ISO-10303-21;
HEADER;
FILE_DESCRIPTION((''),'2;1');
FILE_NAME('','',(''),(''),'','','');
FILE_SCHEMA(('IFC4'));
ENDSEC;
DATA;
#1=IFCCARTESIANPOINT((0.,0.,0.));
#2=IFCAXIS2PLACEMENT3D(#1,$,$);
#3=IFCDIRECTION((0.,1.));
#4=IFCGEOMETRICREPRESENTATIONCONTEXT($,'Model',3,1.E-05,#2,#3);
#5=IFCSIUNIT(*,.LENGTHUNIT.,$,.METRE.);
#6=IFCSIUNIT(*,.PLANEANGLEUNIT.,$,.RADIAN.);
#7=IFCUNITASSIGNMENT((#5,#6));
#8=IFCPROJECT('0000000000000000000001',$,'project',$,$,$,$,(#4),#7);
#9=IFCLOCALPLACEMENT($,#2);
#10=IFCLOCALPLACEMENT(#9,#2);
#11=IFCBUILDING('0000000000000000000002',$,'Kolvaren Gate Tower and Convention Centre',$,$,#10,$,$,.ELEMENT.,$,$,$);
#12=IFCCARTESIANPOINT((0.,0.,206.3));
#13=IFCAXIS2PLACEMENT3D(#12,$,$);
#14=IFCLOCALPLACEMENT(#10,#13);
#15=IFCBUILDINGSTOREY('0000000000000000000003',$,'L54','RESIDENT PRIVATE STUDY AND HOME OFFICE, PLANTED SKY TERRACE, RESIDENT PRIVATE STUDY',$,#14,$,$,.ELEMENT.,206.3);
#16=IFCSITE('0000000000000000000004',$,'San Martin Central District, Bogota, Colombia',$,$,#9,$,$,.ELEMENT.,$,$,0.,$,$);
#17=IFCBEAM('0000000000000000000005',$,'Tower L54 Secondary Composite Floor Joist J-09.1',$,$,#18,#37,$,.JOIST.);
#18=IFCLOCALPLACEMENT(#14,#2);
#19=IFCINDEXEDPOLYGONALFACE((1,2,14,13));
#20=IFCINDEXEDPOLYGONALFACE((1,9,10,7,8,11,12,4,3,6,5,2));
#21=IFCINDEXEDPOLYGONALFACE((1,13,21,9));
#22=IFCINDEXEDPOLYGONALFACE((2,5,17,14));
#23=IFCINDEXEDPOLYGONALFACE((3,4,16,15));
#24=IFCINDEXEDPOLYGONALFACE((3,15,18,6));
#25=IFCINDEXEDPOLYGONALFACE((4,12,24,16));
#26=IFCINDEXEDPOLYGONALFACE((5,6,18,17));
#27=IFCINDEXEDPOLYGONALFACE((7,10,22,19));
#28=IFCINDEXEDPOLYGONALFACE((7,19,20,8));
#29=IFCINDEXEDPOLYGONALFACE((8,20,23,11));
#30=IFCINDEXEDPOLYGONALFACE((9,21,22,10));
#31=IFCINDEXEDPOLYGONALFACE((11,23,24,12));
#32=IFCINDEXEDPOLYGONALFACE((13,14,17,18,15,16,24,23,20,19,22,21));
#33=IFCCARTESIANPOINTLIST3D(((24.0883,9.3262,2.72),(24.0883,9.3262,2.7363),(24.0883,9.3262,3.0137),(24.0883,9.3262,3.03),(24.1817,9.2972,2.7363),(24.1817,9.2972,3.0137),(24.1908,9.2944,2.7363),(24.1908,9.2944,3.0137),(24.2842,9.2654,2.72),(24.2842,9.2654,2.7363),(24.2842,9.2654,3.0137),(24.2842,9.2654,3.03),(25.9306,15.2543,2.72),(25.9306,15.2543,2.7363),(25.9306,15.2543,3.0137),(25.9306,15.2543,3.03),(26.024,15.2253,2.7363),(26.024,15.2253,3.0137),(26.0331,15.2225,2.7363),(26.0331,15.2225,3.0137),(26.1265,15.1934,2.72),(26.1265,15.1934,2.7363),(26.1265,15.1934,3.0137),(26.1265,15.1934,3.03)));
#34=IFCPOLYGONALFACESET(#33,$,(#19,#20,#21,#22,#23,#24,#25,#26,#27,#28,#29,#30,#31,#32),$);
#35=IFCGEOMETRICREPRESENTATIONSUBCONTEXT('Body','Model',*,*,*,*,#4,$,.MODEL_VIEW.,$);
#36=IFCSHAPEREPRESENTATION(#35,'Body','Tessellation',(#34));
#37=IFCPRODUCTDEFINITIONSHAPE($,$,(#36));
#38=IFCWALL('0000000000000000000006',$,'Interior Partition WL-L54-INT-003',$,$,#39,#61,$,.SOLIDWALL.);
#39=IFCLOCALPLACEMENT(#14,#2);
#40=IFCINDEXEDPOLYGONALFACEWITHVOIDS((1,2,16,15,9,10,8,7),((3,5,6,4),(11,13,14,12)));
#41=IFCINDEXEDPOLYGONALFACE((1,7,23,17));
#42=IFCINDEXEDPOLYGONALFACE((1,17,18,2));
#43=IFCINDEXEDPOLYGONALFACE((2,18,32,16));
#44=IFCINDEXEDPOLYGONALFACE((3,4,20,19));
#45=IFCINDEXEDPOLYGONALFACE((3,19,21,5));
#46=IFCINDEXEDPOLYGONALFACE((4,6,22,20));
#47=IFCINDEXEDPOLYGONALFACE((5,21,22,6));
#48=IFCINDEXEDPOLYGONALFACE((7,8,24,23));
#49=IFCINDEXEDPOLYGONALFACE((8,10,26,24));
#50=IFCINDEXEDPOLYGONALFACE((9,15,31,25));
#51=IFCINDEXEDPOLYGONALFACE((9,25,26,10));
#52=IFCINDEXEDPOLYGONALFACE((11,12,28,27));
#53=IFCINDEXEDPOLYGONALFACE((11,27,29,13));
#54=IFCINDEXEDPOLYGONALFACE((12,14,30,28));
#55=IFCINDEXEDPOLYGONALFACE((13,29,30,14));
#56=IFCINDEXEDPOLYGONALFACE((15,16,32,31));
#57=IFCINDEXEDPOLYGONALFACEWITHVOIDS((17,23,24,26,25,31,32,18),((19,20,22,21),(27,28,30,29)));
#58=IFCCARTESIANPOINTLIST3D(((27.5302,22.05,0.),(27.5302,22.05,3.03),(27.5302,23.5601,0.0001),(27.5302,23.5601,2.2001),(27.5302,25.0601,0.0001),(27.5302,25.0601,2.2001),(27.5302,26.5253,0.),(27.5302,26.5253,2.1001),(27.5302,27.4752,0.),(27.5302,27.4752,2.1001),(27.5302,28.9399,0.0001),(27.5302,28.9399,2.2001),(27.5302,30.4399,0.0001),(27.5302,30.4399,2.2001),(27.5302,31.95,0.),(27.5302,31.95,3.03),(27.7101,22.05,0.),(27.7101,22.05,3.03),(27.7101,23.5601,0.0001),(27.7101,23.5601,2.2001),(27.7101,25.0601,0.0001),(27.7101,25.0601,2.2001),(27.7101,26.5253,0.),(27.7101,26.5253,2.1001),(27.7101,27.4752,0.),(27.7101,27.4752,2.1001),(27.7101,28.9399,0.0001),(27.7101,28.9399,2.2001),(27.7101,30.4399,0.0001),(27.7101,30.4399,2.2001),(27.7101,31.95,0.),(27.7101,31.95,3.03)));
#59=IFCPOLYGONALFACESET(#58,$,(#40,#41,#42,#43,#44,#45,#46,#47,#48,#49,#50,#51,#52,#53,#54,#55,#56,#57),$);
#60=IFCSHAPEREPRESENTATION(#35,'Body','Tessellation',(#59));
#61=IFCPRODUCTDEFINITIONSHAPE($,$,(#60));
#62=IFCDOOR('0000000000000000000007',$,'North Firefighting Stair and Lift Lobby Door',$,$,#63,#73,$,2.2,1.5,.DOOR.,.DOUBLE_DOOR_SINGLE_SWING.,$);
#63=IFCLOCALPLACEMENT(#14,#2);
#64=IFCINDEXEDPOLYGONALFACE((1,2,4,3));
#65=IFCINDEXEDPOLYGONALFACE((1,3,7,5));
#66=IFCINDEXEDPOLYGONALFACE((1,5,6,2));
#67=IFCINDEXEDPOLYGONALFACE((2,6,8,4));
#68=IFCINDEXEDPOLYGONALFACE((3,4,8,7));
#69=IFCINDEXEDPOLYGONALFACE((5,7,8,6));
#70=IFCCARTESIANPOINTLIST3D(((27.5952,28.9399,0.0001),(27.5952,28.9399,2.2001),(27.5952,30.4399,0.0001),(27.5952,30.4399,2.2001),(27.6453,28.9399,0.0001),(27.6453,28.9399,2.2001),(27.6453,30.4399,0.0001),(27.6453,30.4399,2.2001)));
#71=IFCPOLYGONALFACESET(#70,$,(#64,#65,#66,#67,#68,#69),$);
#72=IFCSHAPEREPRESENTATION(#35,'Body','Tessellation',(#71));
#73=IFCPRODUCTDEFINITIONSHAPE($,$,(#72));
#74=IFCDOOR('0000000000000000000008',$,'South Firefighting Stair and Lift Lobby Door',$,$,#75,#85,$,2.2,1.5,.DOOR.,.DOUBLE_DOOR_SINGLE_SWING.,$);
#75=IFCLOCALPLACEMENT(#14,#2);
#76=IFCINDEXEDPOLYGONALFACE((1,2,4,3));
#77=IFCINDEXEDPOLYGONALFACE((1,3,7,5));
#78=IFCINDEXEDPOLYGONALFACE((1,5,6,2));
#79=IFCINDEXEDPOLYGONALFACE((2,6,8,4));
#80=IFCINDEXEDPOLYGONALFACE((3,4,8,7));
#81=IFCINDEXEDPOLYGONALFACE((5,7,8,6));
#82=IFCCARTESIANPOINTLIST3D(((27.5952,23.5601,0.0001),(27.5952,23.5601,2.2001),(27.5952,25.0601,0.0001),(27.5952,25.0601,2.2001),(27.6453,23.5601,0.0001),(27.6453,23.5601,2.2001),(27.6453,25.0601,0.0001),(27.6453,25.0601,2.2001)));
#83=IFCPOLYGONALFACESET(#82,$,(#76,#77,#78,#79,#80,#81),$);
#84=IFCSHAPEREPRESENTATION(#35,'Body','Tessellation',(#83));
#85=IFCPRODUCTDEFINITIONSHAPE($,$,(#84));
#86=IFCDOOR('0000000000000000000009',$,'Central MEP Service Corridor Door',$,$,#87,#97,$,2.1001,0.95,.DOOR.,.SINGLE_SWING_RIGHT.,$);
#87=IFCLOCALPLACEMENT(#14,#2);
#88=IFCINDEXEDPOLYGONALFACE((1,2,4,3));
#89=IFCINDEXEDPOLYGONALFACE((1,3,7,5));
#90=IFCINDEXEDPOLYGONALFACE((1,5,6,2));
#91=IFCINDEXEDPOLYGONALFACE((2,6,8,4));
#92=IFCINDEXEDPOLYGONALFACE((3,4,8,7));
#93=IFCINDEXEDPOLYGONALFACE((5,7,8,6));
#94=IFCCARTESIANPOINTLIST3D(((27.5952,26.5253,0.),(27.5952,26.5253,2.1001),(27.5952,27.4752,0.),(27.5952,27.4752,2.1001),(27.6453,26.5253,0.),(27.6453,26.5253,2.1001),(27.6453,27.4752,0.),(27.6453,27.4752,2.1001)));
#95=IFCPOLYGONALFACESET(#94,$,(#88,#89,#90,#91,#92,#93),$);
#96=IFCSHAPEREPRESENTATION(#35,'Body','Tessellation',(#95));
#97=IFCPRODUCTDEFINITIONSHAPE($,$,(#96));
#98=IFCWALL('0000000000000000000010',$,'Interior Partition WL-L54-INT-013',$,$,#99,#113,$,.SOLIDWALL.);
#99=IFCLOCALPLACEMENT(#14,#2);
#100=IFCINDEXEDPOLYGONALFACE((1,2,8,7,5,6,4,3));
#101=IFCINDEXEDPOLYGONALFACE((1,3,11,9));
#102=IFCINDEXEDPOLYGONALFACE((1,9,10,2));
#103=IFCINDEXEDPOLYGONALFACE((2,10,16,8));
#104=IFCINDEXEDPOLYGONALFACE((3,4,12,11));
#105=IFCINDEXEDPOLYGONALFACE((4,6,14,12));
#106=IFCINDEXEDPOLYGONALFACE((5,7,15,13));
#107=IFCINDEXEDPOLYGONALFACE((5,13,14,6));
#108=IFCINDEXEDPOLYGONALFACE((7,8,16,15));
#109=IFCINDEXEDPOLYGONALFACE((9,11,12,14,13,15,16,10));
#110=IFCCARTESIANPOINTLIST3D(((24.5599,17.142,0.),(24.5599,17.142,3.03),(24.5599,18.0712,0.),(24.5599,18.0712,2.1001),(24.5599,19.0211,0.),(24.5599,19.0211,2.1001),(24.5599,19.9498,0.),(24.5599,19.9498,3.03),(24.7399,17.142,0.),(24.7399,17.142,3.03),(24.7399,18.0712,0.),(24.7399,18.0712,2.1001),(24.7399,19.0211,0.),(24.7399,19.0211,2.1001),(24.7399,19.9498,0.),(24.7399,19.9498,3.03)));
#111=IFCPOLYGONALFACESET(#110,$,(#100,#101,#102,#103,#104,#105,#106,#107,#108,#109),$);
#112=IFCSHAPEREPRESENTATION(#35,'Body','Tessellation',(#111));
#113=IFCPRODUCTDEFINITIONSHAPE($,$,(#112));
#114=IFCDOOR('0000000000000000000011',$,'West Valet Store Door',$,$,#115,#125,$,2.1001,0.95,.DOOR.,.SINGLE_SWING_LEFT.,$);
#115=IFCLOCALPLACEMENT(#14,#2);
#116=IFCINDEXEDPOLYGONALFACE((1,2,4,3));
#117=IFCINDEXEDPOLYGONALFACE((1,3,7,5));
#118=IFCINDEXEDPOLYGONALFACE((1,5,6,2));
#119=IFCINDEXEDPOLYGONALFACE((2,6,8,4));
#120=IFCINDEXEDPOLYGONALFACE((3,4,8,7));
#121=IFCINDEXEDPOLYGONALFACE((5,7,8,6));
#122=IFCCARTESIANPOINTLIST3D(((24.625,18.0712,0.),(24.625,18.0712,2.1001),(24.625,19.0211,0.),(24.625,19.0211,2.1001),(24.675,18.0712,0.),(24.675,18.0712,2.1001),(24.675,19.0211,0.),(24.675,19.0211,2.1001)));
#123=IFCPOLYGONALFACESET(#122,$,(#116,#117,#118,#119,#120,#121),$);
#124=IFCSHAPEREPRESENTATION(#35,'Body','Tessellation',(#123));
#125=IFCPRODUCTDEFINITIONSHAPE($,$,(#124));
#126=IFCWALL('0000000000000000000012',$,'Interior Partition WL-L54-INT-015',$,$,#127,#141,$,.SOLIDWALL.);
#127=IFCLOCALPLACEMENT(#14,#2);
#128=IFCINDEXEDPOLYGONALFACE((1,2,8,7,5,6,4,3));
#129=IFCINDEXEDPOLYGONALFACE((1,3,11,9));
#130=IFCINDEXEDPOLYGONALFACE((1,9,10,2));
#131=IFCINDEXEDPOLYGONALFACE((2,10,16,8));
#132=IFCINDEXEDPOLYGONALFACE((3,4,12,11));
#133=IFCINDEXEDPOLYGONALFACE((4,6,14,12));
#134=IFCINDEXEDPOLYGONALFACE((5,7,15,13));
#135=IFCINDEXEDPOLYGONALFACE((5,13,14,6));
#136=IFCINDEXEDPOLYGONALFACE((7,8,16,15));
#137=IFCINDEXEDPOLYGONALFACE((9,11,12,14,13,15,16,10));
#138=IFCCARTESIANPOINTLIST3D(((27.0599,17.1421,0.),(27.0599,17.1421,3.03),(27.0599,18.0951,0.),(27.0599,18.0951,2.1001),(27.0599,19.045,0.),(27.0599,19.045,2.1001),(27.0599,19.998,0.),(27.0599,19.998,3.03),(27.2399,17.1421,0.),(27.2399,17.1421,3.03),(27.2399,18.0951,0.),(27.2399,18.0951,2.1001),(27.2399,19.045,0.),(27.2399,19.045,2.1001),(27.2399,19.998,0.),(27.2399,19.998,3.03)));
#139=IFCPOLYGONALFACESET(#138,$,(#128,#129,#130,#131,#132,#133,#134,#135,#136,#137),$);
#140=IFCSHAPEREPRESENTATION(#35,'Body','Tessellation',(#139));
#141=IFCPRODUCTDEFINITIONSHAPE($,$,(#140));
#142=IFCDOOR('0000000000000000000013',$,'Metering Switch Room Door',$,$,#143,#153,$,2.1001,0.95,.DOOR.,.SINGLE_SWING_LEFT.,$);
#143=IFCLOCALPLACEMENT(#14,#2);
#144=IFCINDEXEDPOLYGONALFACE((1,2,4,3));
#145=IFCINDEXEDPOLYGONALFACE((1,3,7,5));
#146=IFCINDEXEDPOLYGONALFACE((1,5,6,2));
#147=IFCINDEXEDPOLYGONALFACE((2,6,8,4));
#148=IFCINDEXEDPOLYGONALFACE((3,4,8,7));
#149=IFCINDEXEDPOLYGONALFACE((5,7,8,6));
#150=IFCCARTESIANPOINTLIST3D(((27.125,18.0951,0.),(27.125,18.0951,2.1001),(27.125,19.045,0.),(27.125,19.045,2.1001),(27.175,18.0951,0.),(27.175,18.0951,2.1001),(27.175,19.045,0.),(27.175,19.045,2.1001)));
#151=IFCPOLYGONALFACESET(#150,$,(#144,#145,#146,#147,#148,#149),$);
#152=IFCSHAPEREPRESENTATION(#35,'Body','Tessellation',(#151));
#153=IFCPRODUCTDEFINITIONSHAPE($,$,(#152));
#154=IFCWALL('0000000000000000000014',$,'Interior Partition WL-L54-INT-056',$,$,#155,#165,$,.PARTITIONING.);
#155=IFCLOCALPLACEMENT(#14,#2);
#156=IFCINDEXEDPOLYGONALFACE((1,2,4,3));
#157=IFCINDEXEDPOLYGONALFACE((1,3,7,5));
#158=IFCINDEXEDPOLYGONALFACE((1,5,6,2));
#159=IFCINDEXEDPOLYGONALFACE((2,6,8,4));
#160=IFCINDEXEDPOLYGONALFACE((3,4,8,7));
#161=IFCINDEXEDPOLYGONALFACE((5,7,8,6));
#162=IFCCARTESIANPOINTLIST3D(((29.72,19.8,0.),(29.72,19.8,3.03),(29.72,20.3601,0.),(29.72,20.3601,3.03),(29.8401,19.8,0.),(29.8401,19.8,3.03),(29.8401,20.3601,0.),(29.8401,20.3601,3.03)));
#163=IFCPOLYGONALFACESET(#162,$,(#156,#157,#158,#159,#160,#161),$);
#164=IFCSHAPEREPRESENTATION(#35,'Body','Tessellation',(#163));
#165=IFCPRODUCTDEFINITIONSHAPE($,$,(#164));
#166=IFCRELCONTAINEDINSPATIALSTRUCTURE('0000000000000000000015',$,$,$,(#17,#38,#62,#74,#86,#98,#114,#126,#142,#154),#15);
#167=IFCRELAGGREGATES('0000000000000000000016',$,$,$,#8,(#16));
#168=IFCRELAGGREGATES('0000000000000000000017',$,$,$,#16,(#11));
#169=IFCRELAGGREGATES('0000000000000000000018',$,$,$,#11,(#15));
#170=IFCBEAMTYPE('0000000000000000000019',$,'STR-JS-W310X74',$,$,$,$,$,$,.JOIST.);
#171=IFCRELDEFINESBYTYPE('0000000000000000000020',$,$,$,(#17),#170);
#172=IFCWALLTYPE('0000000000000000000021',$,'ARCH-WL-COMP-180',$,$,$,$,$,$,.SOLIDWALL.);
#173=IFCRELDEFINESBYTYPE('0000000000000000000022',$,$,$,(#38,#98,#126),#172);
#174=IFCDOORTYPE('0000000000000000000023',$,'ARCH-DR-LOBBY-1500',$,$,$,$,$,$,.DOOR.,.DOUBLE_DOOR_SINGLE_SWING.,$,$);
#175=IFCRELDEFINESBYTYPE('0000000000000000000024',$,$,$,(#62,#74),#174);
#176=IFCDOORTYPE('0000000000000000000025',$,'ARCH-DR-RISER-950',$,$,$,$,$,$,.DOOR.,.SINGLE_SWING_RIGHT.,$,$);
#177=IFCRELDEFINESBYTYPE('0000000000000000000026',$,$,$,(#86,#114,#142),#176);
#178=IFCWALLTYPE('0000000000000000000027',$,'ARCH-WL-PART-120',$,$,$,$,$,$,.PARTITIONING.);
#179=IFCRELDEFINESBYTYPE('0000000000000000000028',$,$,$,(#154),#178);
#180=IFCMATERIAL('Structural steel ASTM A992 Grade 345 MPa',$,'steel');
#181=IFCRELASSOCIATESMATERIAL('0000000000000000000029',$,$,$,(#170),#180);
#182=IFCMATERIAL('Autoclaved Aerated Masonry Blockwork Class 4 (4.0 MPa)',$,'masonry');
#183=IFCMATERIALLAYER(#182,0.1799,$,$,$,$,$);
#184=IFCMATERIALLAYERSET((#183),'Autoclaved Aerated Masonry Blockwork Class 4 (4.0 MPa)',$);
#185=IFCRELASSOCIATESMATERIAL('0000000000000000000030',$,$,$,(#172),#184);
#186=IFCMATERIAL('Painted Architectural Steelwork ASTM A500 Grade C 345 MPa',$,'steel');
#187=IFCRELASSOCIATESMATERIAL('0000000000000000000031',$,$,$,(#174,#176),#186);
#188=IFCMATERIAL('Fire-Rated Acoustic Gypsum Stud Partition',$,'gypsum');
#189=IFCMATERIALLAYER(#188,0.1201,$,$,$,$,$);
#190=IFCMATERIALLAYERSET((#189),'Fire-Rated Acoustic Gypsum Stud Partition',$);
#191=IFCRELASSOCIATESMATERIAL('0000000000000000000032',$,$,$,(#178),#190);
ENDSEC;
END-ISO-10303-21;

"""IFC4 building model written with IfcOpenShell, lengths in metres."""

from ifc_helpers import new_model, si_unit, direction, frame, frame_2d, origin, origin_2d, place, context, subcontext, project, spatial, rectangle, i_section, extrude, material, layer, layer_set, material_profile, profile_set, type_object, element, fill, save


model = new_model("IFC4")

# Units and contexts
model_context = context("Model", 3, precision=1e-05, world=origin(), true_north=direction((0.0, 1.0)))
body_context = subcontext(model_context, "Body", "Model", "MODEL_VIEW")
ifc_project = project(units=[si_unit("LENGTHUNIT", "METRE"), si_unit("PLANEANGLEUNIT", "RADIAN")], contexts=[model_context])

# Site, building, storey
site_placement = place(None, origin())
site = spatial("IfcSite", under=ifc_project, at=site_placement, Name="San Martin Central District, Bogota, Colombia", CompositionType="ELEMENT", RefElevation=0.0)
building_placement = place(site_placement, origin())
building = spatial("IfcBuilding", under=site, at=building_placement, Name="Kolvaren Gate Tower and Convention Centre", CompositionType="ELEMENT")
storey_placement = place(building_placement, frame((0.0, 0.0, 206.3)))
storey = spatial("IfcBuildingStorey", under=building, at=storey_placement, Name="L54", Description="RESIDENT PRIVATE STUDY AND HOME OFFICE, PLANTED SKY TERRACE, RESIDENT PRIVATE STUDY", CompositionType="ELEMENT", Elevation=206.3)

# Beam
ifc_material_1 = material(Name="Structural steel ASTM A992 Grade 345 MPa", Category="steel")
ifc_material_profile = material_profile(ifc_material_1, i_section(OverallWidth=0.2051, OverallDepth=0.3101, WebThickness=0.0095, FlangeThickness=0.0164, at=origin_2d()), Name="W310X74")
ifc_profile_set = profile_set([ifc_material_profile], Name="Structural steel ASTM A992 Grade 345 MPa")
beam_type = type_object("IfcBeamType", Name="STR-JS-W310X74", PredefinedType="JOIST", material=ifc_profile_set)
beam_placement = place(storey_placement, frame((26.0286, 15.2239, 2.875), z_axis=(-0.296776, -0.954947, 0.0), x_axis=(0.954947, -0.296776, 0.0)))
element("IfcBeam", 1, at=beam_placement, inside=storey, type_object=beam_type, Name="Tower L54 Secondary Composite Floor Joist J-09.1", PredefinedType="JOIST", context=body_context, shape_type="SweptSolid", body=[
    extrude(i_section(OverallWidth=0.2051, OverallDepth=0.3101, WebThickness=0.0095, FlangeThickness=0.0164, at=origin_2d()), origin(), (0.0, 0.0, 1.0), 6.2078),
])

# Wall, openings, doors
ifc_material_2 = material(Name="Autoclaved Aerated Masonry Blockwork Class 4 (4.0 MPa)", Category="masonry")
ifc_layer_1 = layer(ifc_material_2, 0.1799)
ifc_layer_set_1 = layer_set([ifc_layer_1], Name="Autoclaved Aerated Masonry Blockwork Class 4 (4.0 MPa)")
wall_type_1 = type_object("IfcWallType", Name="ARCH-WL-COMP-180", PredefinedType="SOLIDWALL", material=ifc_layer_set_1)
wall_1_placement = place(storey_placement, frame((27.6201, 22.05, 0.0), z_axis=(0.0, 0.0, 1.0), x_axis=(0.0, 1.0, 0.0)))
wall_1 = element("IfcWall", 2, at=wall_1_placement, inside=storey, type_object=wall_type_1, Name="Interior Partition WL-L54-INT-003", PredefinedType="SOLIDWALL", context=body_context, shape_type="SweptSolid", body=[
    extrude(rectangle(XDim=9.8999, YDim=0.1799, at=frame_2d((4.95, 0.0))), origin(), (0.0, 0.0, 1.0), 3.03),
])
opening_1_placement = place(wall_1_placement, frame((4.4751, 0.0, 0.0)))
opening_1 = element("IfcOpeningElement", 3, at=opening_1_placement, cuts=wall_1, PredefinedType="OPENING", context=body_context, shape_type="SweptSolid", body=[
    extrude(rectangle(XDim=0.95, YDim=2.1001, at=frame_2d((0.4751, 1.05))), frame((0.0, 0.0999, 0.0), z_axis=(0.0, -1.0, 0.0), x_axis=(1.0, 0.0, 0.0)), (0.0, 0.0, 1.0), 0.2),
])
opening_2_placement = place(wall_1_placement, frame((6.8899, 0.0, 0.0)))
opening_2 = element("IfcOpeningElement", 4, at=opening_2_placement, cuts=wall_1, PredefinedType="OPENING", context=body_context, shape_type="SweptSolid", body=[
    extrude(rectangle(XDim=1.5, YDim=2.2, at=frame_2d((0.75, 1.1001))), frame((0.0, 0.0999, 0.0), z_axis=(0.0, -1.0, 0.0), x_axis=(1.0, 0.0, 0.0)), (0.0, 0.0, 1.0), 0.2),
])
opening_3_placement = place(wall_1_placement, frame((1.51, 0.0, 0.0)))
opening_3 = element("IfcOpeningElement", 5, at=opening_3_placement, cuts=wall_1, PredefinedType="OPENING", context=body_context, shape_type="SweptSolid", body=[
    extrude(rectangle(XDim=1.5, YDim=2.2, at=frame_2d((0.75, 1.1001))), frame((0.0, 0.0999, 0.0), z_axis=(0.0, -1.0, 0.0), x_axis=(1.0, 0.0, 0.0)), (0.0, 0.0, 1.0), 0.2),
])
ifc_material_3 = material(Name="Painted Architectural Steelwork ASTM A500 Grade C 345 MPa", Category="steel")
door_type_1 = type_object("IfcDoorType", Name="ARCH-DR-LOBBY-1500", OperationType="DOUBLE_DOOR_SINGLE_SWING", PredefinedType="DOOR", material=ifc_material_3)
door_1_placement = place(opening_2_placement, origin())
door_1 = element("IfcDoor", 6, at=door_1_placement, inside=storey, type_object=door_type_1, Name="North Firefighting Stair and Lift Lobby Door", OperationType="DOUBLE_DOOR_SINGLE_SWING", OverallHeight=2.2, OverallWidth=1.5, PredefinedType="DOOR", context=body_context, shape_type="SweptSolid", body=[
    extrude(rectangle(XDim=1.5, YDim=2.2, at=frame_2d((0.75, 1.1001))), frame((0.0, 0.0249, 0.0), z_axis=(0.0, -1.0, 0.0), x_axis=(1.0, 0.0, 0.0)), (0.0, 0.0, 1.0), 0.05),
])
fill(opening_2, door_1)
door_2_placement = place(opening_3_placement, origin())
door_2 = element("IfcDoor", 7, at=door_2_placement, inside=storey, type_object=door_type_1, Name="South Firefighting Stair and Lift Lobby Door", OperationType="DOUBLE_DOOR_SINGLE_SWING", OverallHeight=2.2, OverallWidth=1.5, PredefinedType="DOOR", context=body_context, shape_type="SweptSolid", body=[
    extrude(rectangle(XDim=1.5, YDim=2.2, at=frame_2d((0.75, 1.1001))), frame((0.0, 0.0249, 0.0), z_axis=(0.0, -1.0, 0.0), x_axis=(1.0, 0.0, 0.0)), (0.0, 0.0, 1.0), 0.05),
])
fill(opening_3, door_2)
door_type_2 = type_object("IfcDoorType", Name="ARCH-DR-RISER-950", OperationType="SINGLE_SWING_RIGHT", PredefinedType="DOOR", material=ifc_material_3)
door_3_placement = place(opening_1_placement, origin())
door_3 = element("IfcDoor", 8, at=door_3_placement, inside=storey, type_object=door_type_2, Name="Central MEP Service Corridor Door", OperationType="SINGLE_SWING_RIGHT", OverallHeight=2.1001, OverallWidth=0.95, PredefinedType="DOOR", context=body_context, shape_type="SweptSolid", body=[
    extrude(rectangle(XDim=0.95, YDim=2.1001, at=frame_2d((0.4751, 1.05))), frame((0.0, 0.0249, 0.0), z_axis=(0.0, -1.0, 0.0), x_axis=(1.0, 0.0, 0.0)), (0.0, 0.0, 1.0), 0.05),
])
fill(opening_1, door_3)

# Walls, openings, doors
wall_2_placement = place(storey_placement, frame((24.6499, 17.1421, 0.0), z_axis=(0.0, 0.0, 1.0), x_axis=(0.0, 1.0, 0.0)))
wall_2 = element("IfcWall", 9, at=wall_2_placement, inside=storey, type_object=wall_type_1, Name="Interior Partition WL-L54-INT-013", PredefinedType="SOLIDWALL", context=body_context, shape_type="SweptSolid", body=[
    extrude(rectangle(XDim=2.8079, YDim=0.1799, at=frame_2d((1.4038, 0.0))), origin(), (0.0, 0.0, 1.0), 3.03),
])
opening_4_placement = place(wall_2_placement, frame((0.929, 0.0, 0.0)))
opening_4 = element("IfcOpeningElement", 10, at=opening_4_placement, cuts=wall_2, PredefinedType="OPENING", context=body_context, shape_type="SweptSolid", body=[
    extrude(rectangle(XDim=0.95, YDim=2.1001, at=frame_2d((0.4751, 1.05))), frame((0.0, 0.0999, 0.0), z_axis=(0.0, -1.0, 0.0), x_axis=(1.0, 0.0, 0.0)), (0.0, 0.0, 1.0), 0.2),
])
door_4_placement = place(opening_4_placement, origin())
door_4 = element("IfcDoor", 11, at=door_4_placement, inside=storey, type_object=door_type_2, Name="West Valet Store Door", OperationType="SINGLE_SWING_LEFT", OverallHeight=2.1001, OverallWidth=0.95, PredefinedType="DOOR", context=body_context, shape_type="SweptSolid", body=[
    extrude(rectangle(XDim=0.95, YDim=2.1001, at=frame_2d((0.4751, 1.05))), frame((0.0, 0.0249, 0.0), z_axis=(0.0, -1.0, 0.0), x_axis=(1.0, 0.0, 0.0)), (0.0, 0.0, 1.0), 0.05),
])
fill(opening_4, door_4)
wall_3_placement = place(storey_placement, frame((27.1499, 17.1421, 0.0), z_axis=(0.0, 0.0, 1.0), x_axis=(0.0, 1.0, 0.0)))
wall_3 = element("IfcWall", 12, at=wall_3_placement, inside=storey, type_object=wall_type_1, Name="Interior Partition WL-L54-INT-015", PredefinedType="SOLIDWALL", context=body_context, shape_type="SweptSolid", body=[
    extrude(rectangle(XDim=2.856, YDim=0.1799, at=frame_2d((1.428, 0.0))), origin(), (0.0, 0.0, 1.0), 3.03),
])
opening_5_placement = place(wall_3_placement, frame((0.9529, 0.0, 0.0)))
opening_5 = element("IfcOpeningElement", 13, at=opening_5_placement, cuts=wall_3, PredefinedType="OPENING", context=body_context, shape_type="SweptSolid", body=[
    extrude(rectangle(XDim=0.95, YDim=2.1001, at=frame_2d((0.4751, 1.05))), frame((0.0, 0.0999, 0.0), z_axis=(0.0, -1.0, 0.0), x_axis=(1.0, 0.0, 0.0)), (0.0, 0.0, 1.0), 0.2),
])
door_5_placement = place(opening_5_placement, origin())
door_5 = element("IfcDoor", 14, at=door_5_placement, inside=storey, type_object=door_type_2, Name="Metering Switch Room Door", OperationType="SINGLE_SWING_LEFT", OverallHeight=2.1001, OverallWidth=0.95, PredefinedType="DOOR", context=body_context, shape_type="SweptSolid", body=[
    extrude(rectangle(XDim=0.95, YDim=2.1001, at=frame_2d((0.4751, 1.05))), frame((0.0, 0.0249, 0.0), z_axis=(0.0, -1.0, 0.0), x_axis=(1.0, 0.0, 0.0)), (0.0, 0.0, 1.0), 0.05),
])
fill(opening_5, door_5)

# Wall
ifc_material_4 = material(Name="Fire-Rated Acoustic Gypsum Stud Partition", Category="gypsum")
ifc_layer_2 = layer(ifc_material_4, 0.1201)
ifc_layer_set_2 = layer_set([ifc_layer_2], Name="Fire-Rated Acoustic Gypsum Stud Partition")
wall_type_2 = type_object("IfcWallType", Name="ARCH-WL-PART-120", PredefinedType="PARTITIONING", material=ifc_layer_set_2)
wall_4_placement = place(storey_placement, frame((29.78, 19.8, 0.0), z_axis=(0.0, 0.0, 1.0), x_axis=(0.0, 1.0, 0.0)))
element("IfcWall", 15, at=wall_4_placement, inside=storey, type_object=wall_type_2, Name="Interior Partition WL-L54-INT-056", PredefinedType="PARTITIONING", context=body_context, shape_type="SweptSolid", body=[
    extrude(rectangle(XDim=0.5601, YDim=0.1201, at=frame_2d((0.28, 0.0))), origin(), (0.0, 0.0, 1.0), 3.03),
])

save(model, "model.ifc")
